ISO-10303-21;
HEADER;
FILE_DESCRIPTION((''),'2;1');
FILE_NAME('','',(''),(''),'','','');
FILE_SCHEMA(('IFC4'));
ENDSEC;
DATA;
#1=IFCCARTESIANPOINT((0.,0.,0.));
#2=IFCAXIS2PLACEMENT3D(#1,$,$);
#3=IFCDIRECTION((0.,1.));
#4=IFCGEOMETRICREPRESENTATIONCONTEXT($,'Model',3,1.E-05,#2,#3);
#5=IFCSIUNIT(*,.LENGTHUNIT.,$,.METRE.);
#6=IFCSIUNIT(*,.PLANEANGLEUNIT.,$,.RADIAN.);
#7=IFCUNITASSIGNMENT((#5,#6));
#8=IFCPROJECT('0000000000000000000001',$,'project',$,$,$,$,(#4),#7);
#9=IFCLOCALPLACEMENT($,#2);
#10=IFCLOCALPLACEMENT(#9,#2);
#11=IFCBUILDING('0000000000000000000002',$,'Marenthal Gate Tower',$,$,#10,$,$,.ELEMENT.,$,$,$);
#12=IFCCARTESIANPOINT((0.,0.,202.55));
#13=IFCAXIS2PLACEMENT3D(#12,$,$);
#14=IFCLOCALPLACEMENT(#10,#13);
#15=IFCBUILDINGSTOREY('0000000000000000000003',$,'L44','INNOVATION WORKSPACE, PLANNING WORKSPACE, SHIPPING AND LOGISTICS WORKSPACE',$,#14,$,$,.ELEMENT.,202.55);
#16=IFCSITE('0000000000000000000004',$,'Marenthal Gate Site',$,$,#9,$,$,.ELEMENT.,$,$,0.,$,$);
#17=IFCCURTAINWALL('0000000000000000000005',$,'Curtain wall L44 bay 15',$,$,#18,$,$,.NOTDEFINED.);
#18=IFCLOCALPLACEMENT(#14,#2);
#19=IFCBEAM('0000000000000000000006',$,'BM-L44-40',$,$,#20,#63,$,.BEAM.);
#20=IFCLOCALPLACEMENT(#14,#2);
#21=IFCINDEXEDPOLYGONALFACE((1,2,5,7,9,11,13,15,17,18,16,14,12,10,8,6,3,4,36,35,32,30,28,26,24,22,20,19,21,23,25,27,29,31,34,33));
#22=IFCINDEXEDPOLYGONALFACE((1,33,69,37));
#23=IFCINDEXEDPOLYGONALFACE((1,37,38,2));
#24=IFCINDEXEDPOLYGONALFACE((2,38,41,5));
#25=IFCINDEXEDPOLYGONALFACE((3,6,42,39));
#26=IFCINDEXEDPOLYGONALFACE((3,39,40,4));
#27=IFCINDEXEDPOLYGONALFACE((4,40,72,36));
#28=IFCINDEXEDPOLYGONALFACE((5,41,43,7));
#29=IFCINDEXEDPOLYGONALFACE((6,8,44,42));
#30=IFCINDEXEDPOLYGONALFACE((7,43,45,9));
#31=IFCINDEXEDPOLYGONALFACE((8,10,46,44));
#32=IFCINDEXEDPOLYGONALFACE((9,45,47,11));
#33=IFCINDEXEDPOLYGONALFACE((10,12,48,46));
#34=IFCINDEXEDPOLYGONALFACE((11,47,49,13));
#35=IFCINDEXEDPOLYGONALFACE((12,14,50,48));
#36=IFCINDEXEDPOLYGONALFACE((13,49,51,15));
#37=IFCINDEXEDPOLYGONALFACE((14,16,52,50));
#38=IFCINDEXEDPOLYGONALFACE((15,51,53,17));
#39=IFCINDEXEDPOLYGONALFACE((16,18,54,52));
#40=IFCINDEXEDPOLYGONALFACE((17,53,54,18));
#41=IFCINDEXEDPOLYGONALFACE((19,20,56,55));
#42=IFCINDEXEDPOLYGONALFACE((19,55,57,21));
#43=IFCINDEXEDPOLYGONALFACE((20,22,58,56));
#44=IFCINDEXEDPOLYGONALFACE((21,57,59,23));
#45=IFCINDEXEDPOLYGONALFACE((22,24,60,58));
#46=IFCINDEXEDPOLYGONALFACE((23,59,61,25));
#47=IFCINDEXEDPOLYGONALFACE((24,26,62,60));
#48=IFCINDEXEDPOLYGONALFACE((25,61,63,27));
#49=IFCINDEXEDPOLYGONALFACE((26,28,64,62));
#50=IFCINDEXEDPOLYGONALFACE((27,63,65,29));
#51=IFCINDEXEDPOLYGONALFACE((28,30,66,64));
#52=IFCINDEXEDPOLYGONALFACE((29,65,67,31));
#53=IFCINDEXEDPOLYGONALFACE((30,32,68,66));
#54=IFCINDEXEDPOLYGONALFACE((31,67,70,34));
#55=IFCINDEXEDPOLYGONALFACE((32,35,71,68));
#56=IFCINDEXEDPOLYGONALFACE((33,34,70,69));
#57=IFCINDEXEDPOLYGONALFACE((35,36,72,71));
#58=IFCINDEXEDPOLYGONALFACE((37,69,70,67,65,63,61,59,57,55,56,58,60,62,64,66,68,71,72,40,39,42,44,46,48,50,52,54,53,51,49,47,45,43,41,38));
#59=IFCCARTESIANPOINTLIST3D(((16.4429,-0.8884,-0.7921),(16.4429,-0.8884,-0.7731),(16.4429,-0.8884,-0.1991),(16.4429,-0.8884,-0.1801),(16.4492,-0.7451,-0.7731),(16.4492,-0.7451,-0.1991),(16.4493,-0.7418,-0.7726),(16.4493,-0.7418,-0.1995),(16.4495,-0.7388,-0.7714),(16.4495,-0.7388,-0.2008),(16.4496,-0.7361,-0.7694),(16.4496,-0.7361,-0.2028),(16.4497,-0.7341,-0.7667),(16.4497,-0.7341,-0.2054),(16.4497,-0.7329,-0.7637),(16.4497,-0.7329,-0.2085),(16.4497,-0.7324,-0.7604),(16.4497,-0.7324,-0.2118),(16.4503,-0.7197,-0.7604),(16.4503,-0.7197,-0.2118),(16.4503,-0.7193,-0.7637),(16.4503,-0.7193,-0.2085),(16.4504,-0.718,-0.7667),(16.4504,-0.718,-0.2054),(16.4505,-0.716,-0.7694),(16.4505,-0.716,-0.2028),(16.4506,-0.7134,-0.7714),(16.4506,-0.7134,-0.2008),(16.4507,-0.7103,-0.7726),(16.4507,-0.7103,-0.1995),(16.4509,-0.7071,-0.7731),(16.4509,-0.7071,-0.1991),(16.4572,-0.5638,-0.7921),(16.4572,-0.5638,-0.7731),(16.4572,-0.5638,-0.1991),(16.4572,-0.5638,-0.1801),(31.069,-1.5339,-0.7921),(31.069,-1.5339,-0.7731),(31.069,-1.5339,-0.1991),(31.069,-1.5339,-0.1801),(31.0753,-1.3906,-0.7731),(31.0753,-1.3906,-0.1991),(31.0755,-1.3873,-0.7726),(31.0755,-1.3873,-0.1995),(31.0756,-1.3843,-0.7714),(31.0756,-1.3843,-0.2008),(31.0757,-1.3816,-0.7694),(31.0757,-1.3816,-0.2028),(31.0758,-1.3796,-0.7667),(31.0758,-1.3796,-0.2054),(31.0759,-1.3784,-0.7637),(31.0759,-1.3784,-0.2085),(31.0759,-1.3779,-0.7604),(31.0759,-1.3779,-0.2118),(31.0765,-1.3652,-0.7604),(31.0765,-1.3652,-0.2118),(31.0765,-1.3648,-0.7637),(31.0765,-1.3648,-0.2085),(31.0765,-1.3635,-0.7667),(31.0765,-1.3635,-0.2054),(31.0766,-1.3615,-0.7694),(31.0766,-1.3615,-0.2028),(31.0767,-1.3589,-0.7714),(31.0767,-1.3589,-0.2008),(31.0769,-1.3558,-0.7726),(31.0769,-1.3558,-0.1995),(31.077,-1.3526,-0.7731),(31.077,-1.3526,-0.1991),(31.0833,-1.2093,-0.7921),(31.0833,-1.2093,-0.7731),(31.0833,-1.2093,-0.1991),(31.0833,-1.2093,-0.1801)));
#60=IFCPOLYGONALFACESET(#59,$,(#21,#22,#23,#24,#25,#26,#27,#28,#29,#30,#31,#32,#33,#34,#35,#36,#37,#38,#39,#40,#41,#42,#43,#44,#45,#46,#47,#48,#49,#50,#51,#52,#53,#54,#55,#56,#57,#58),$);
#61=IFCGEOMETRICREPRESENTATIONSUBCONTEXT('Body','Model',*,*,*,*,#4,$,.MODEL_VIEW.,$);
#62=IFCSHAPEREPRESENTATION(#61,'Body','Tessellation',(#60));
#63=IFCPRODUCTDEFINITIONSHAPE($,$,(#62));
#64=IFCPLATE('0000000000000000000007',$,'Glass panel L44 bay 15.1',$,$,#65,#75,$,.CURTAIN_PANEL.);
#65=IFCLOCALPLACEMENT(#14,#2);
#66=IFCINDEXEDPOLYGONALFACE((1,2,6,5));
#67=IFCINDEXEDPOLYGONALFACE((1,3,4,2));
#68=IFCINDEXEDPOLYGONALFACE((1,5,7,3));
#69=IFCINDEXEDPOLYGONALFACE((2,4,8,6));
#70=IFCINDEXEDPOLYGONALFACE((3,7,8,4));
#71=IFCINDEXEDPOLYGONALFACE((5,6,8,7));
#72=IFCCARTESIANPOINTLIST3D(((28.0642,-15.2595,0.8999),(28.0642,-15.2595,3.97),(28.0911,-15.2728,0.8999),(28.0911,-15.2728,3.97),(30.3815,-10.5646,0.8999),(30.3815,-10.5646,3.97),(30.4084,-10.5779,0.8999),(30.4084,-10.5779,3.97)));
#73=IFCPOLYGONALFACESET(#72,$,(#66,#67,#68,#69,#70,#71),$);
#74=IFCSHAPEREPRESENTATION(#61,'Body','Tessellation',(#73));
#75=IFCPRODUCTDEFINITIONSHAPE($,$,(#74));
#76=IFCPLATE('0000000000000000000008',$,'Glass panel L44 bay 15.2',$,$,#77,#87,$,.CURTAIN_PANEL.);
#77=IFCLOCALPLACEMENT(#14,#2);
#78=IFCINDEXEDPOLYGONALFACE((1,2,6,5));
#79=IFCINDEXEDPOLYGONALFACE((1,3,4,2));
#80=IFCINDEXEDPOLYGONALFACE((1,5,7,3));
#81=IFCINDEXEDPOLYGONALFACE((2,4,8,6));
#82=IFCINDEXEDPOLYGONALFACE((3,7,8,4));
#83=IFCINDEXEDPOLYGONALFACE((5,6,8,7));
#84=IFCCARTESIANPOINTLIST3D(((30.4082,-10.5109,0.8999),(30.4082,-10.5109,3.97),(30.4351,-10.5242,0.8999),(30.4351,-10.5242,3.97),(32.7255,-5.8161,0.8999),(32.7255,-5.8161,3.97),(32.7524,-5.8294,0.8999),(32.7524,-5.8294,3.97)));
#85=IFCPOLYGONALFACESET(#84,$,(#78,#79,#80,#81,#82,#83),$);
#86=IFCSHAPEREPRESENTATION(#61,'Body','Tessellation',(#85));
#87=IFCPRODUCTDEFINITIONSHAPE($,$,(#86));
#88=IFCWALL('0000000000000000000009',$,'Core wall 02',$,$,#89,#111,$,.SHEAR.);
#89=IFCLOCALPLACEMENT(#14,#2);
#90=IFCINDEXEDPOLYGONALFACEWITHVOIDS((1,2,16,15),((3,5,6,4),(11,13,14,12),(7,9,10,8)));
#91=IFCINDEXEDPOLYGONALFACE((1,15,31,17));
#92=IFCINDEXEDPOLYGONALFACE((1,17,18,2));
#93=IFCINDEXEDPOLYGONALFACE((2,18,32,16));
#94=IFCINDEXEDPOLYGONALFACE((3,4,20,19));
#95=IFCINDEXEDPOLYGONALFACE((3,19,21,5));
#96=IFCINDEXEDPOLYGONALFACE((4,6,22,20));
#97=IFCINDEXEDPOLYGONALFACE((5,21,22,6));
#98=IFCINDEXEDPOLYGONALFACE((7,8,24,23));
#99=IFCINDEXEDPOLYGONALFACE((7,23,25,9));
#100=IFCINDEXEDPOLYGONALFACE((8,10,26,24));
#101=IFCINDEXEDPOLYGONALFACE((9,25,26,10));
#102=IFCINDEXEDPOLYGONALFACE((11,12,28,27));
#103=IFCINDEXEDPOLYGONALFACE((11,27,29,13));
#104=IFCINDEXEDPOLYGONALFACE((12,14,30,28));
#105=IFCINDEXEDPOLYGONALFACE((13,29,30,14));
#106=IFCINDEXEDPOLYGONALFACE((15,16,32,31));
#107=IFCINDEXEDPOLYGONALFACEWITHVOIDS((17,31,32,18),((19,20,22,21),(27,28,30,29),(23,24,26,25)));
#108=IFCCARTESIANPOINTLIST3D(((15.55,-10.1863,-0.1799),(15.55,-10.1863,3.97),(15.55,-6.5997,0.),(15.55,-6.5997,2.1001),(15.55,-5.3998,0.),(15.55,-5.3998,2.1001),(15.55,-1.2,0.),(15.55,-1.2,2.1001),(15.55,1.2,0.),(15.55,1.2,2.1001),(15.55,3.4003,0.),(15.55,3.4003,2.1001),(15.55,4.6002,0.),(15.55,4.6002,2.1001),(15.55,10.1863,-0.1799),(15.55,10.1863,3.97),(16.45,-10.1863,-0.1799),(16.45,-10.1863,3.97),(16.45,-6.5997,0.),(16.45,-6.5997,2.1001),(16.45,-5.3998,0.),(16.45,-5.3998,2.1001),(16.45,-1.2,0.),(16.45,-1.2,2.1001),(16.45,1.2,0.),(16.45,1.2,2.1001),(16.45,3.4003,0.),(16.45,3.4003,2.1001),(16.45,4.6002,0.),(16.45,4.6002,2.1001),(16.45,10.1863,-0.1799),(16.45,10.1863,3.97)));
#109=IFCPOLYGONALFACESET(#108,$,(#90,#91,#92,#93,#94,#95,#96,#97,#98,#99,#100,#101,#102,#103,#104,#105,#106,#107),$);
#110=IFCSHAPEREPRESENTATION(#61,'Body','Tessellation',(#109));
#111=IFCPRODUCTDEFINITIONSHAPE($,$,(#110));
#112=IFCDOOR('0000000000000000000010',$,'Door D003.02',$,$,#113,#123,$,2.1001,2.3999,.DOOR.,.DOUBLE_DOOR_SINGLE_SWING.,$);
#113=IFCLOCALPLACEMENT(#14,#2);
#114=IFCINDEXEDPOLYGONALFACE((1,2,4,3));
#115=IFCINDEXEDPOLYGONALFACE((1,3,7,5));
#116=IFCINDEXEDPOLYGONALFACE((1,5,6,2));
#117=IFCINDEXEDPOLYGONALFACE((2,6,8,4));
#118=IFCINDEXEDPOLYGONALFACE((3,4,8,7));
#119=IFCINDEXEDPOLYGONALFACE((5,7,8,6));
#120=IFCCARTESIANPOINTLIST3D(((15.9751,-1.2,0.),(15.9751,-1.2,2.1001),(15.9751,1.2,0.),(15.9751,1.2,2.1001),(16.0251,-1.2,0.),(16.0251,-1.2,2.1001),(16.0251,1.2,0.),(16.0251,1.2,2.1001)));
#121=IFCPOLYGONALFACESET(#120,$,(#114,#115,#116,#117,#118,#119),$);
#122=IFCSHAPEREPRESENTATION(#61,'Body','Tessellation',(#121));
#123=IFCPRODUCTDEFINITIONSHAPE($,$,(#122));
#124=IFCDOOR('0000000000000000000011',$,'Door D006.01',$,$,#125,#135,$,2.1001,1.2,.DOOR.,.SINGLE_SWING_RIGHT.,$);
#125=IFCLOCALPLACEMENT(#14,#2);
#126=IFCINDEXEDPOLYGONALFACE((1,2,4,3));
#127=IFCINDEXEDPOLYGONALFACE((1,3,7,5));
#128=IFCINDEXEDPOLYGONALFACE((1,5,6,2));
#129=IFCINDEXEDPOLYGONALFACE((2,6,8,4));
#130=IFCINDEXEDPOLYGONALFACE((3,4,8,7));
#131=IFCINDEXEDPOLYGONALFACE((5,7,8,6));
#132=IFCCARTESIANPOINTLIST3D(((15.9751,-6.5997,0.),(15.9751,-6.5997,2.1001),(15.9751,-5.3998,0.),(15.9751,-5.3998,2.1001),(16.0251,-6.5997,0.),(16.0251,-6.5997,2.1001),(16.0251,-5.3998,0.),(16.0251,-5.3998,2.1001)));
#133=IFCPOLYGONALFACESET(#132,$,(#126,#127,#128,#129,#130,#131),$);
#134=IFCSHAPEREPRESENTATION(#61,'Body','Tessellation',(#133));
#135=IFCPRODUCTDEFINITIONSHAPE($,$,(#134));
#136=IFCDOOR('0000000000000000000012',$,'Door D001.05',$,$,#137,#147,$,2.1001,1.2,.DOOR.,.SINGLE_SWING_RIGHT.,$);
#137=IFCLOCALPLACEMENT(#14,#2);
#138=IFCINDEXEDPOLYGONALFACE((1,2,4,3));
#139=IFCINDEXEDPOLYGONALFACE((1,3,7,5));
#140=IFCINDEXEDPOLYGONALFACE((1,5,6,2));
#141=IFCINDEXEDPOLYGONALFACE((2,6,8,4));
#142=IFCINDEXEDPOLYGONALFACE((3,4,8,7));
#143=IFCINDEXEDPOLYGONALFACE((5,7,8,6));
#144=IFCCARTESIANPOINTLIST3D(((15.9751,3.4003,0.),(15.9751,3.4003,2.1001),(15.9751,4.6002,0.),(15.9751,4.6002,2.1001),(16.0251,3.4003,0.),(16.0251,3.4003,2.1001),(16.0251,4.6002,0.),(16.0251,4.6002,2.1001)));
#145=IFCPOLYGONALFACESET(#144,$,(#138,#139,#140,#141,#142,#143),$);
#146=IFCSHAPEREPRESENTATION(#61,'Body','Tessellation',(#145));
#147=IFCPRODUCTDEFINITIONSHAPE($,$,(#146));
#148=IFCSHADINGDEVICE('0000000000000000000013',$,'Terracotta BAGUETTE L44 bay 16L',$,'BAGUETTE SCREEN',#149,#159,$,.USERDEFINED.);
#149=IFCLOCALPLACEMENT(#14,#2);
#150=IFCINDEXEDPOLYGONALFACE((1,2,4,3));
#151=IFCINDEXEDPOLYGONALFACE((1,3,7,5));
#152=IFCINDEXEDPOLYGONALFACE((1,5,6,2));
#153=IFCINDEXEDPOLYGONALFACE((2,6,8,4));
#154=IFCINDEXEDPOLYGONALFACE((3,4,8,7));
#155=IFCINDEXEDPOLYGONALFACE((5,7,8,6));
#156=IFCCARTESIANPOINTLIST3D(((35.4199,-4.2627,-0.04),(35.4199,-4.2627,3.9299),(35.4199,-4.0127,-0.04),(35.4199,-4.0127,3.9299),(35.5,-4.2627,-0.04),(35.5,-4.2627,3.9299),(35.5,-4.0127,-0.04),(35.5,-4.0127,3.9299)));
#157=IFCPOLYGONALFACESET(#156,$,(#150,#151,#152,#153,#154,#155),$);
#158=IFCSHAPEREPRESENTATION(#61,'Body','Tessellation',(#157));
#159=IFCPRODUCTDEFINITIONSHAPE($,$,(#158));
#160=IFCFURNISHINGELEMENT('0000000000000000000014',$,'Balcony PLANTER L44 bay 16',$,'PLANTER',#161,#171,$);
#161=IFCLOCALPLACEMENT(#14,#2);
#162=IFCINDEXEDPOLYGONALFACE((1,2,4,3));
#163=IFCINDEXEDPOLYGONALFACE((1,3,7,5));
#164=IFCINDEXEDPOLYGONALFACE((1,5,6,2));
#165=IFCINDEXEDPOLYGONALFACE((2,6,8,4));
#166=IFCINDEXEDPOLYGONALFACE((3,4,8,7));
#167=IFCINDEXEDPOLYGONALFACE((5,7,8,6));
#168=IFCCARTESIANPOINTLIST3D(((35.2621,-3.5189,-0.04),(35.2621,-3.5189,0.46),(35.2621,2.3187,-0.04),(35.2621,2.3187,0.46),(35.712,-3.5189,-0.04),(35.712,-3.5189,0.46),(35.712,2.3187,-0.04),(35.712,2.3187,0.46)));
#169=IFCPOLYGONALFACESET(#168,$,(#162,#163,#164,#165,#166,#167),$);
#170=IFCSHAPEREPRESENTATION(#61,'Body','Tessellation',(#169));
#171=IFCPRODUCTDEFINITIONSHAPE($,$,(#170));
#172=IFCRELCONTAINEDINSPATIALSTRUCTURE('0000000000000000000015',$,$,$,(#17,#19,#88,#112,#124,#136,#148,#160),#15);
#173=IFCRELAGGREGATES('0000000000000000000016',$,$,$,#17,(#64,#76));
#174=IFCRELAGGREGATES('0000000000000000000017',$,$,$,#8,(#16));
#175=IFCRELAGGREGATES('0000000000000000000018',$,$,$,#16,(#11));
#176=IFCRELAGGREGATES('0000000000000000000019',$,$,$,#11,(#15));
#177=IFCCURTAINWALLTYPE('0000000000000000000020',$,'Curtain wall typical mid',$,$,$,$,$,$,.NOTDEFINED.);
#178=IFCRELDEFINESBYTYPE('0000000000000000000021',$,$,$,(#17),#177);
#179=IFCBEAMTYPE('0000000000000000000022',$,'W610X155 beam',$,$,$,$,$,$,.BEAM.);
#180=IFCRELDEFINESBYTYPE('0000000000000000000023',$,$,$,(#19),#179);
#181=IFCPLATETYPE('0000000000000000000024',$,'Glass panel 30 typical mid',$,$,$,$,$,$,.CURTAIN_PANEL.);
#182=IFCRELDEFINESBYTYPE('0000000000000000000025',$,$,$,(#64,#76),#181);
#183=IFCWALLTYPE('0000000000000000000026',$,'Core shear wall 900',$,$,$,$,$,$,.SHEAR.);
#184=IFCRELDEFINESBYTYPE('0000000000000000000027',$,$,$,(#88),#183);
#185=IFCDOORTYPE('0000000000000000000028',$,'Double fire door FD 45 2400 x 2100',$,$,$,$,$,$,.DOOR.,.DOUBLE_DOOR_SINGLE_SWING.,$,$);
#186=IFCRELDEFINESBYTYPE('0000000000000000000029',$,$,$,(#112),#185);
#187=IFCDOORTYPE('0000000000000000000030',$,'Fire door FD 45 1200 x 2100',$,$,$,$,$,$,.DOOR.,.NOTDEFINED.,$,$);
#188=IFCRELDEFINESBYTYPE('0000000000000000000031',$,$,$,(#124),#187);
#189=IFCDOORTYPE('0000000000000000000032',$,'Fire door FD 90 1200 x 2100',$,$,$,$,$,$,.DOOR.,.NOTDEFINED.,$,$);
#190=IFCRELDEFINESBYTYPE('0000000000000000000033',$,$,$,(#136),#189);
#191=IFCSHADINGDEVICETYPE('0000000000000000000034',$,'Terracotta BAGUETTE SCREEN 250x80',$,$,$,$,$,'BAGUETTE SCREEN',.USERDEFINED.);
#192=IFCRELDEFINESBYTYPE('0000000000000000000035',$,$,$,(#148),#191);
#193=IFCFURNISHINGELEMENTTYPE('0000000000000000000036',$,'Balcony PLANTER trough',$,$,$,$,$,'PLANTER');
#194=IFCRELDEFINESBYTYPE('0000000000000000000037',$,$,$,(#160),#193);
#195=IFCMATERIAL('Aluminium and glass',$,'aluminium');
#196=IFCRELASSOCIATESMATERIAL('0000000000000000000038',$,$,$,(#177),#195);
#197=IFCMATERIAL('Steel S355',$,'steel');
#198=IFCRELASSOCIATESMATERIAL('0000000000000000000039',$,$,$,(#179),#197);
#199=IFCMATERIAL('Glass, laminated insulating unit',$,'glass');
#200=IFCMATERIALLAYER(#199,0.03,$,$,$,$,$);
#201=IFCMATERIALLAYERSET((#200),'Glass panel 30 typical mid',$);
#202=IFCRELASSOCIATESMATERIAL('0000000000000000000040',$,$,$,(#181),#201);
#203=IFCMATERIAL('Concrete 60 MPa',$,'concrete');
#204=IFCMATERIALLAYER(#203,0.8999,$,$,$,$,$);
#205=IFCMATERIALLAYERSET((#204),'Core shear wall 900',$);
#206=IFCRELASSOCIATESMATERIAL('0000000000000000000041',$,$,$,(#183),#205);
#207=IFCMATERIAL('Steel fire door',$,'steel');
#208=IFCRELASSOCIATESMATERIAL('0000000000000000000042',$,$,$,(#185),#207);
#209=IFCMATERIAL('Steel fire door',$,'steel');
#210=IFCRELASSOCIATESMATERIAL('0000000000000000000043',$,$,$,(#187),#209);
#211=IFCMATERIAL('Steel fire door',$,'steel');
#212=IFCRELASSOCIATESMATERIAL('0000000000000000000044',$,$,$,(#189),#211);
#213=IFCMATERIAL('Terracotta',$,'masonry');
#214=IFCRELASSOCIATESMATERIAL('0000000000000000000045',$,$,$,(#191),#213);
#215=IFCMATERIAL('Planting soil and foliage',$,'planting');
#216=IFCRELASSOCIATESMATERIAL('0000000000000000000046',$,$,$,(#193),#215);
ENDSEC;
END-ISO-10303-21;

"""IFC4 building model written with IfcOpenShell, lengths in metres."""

from ifc_helpers import new_model, si_unit, direction, frame, frame_2d, origin, origin_2d, place, context, subcontext, project, spatial, rectangle, i_section, extrude, material, layer, layer_set, material_profile, profile_set, type_object, element, fill, aggregate, save


model = new_model("IFC4")

# Units and contexts
model_context = context("Model", 3, precision=1e-05, world=origin(), true_north=direction((0.0, 1.0)))
body_context = subcontext(model_context, "Body", "Model", "MODEL_VIEW")
ifc_project = project(units=[si_unit("LENGTHUNIT", "METRE"), si_unit("PLANEANGLEUNIT", "RADIAN")], contexts=[model_context])

# Site, building, storey
site_placement = place(None, origin())
site = spatial("IfcSite", under=ifc_project, at=site_placement, Name="Marenthal Gate Site", CompositionType="ELEMENT", RefElevation=0.0)
building_placement = place(site_placement, origin())
building = spatial("IfcBuilding", under=site, at=building_placement, Name="Marenthal Gate Tower", CompositionType="ELEMENT")
storey_placement = place(building_placement, frame((0.0, 0.0, 202.55)))
storey = spatial("IfcBuildingStorey", under=building, at=storey_placement, Name="L44", Description="INNOVATION WORKSPACE, PLANNING WORKSPACE, SHIPPING AND LOGISTICS WORKSPACE", CompositionType="ELEMENT", Elevation=202.55)

# Curtain wall
ifc_material_1 = material(Name="Aluminium and glass", Category="aluminium")
curtain_wall_type = type_object("IfcCurtainWallType", Name="Curtain wall typical mid", PredefinedType="NOTDEFINED", material=ifc_material_1)
curtain_wall_placement = place(storey_placement, origin())
curtain_wall = element("IfcCurtainWall", 1, at=curtain_wall_placement, inside=storey, type_object=curtain_wall_type, Name="Curtain wall L44 bay 15", PredefinedType="NOTDEFINED")

# Beam
ifc_material_2 = material(Name="Steel S355", Category="steel")
ifc_material_profile_1 = material_profile(ifc_material_2, i_section(OverallWidth=0.325, OverallDepth=0.6121, WebThickness=0.0127, FlangeThickness=0.019, FilletRadius=0.0127, at=origin_2d()), Name="W610X155")
ifc_profile_set_1 = profile_set([ifc_material_profile_1], Name="Steel S355")
beam_type_1 = type_object("IfcBeamType", Name="W610X155 beam", PredefinedType="BEAM", material=ifc_profile_set_1)
beam_1_placement = place(storey_placement, frame((31.0762, -1.3716, -0.4861), z_axis=(-0.999028, 0.044091, 0.0), x_axis=(-0.044091, -0.999028, 0.0)))
element("IfcBeam", 2, at=beam_1_placement, inside=storey, type_object=beam_type_1, Name="BM-L44-40", PredefinedType="BEAM", context=body_context, shape_type="SweptSolid", body=[
    extrude(i_section(OverallWidth=0.325, OverallDepth=0.6121, WebThickness=0.0127, FlangeThickness=0.019, FilletRadius=0.0127, at=origin_2d()), origin(), (0.0, 0.0, 1.0), 14.6404),
])

# Plates
ifc_material_3 = material(Name="Glass, laminated insulating unit", Category="glass")
ifc_layer_1 = layer(ifc_material_3, 0.03)
ifc_layer_set_1 = layer_set([ifc_layer_1], Name="Glass panel 30 typical mid")
plate_type = type_object("IfcPlateType", Name="Glass panel 30 typical mid", PredefinedType="CURTAIN_PANEL", material=ifc_layer_set_1)
plate_1_placement = place(storey_placement, frame((29.2363, -12.9187, 0.8999), z_axis=(0.0, 0.0, 1.0), x_axis=(0.442607, 0.896716, 0.0)))
plate_1 = element("IfcPlate", 3, at=plate_1_placement, type_object=plate_type, Name="Glass panel L44 bay 15.1", PredefinedType="CURTAIN_PANEL", context=body_context, shape_type="SweptSolid", body=[
    extrude(rectangle(XDim=5.2356, YDim=0.03, at=origin_2d()), origin(), (0.0, 0.0, 1.0), 3.0701),
])
plate_2_placement = place(storey_placement, frame((31.5803, -8.1702, 0.8999), z_axis=(0.0, 0.0, 1.0), x_axis=(0.442607, 0.896716, 0.0)))
plate_2 = element("IfcPlate", 4, at=plate_2_placement, type_object=plate_type, Name="Glass panel L44 bay 15.2", PredefinedType="CURTAIN_PANEL", context=body_context, shape_type="SweptSolid", body=[
    extrude(rectangle(XDim=5.2356, YDim=0.03, at=origin_2d()), origin(), (0.0, 0.0, 1.0), 3.0701),
])
aggregate(curtain_wall, [plate_1, plate_2])

# Wall, openings, doors
ifc_material_4 = material(Name="Concrete 60 MPa", Category="concrete")
ifc_layer_2 = layer(ifc_material_4, 0.8999)
ifc_layer_set_2 = layer_set([ifc_layer_2], Name="Core shear wall 900")
wall_type_1 = type_object("IfcWallType", Name="Core shear wall 900", PredefinedType="SHEAR", material=ifc_layer_set_2)
wall_1_placement = place(storey_placement, frame((16.0, -10.1863, -0.1799), z_axis=(0.0, 0.0, 1.0), x_axis=(0.0, 1.0, 0.0)))
wall_1 = element("IfcWall", 5, at=wall_1_placement, inside=storey, type_object=wall_type_1, Name="Core wall 02", PredefinedType="SHEAR", context=body_context, shape_type="SweptSolid", body=[
    extrude(rectangle(XDim=20.3726, YDim=0.8999, at=frame_2d((10.1863, 0.0))), origin(), (0.0, 0.0, 1.0), 4.1499),
])
opening_1_placement = place(wall_1_placement, frame((8.9863, 0.0, 0.1799)))
opening_1 = element("IfcOpeningElement", 6, at=opening_1_placement, cuts=wall_1, PredefinedType="OPENING", context=body_context, shape_type="SweptSolid", body=[
    extrude(rectangle(XDim=2.3999, YDim=2.1001, at=frame_2d((1.2, 1.05))), frame((0.0, 0.46, 0.0), z_axis=(0.0, -1.0, 0.0), x_axis=(1.0, 0.0, 0.0)), (0.0, 0.0, 1.0), 0.9199),
])
opening_2_placement = place(wall_1_placement, frame((13.5864, 0.0, 0.1799)))
opening_2 = element("IfcOpeningElement", 7, at=opening_2_placement, cuts=wall_1, PredefinedType="OPENING", context=body_context, shape_type="SweptSolid", body=[
    extrude(rectangle(XDim=1.2, YDim=2.1001, at=frame_2d((0.6001, 1.05))), frame((0.0, 0.46, 0.0), z_axis=(0.0, -1.0, 0.0), x_axis=(1.0, 0.0, 0.0)), (0.0, 0.0, 1.0), 0.9199),
])
opening_3_placement = place(wall_1_placement, frame((3.5864, 0.0, 0.1799)))
opening_3 = element("IfcOpeningElement", 8, at=opening_3_placement, cuts=wall_1, PredefinedType="OPENING", context=body_context, shape_type="SweptSolid", body=[
    extrude(rectangle(XDim=1.2, YDim=2.1001, at=frame_2d((0.6001, 1.05))), frame((0.0, 0.46, 0.0), z_axis=(0.0, -1.0, 0.0), x_axis=(1.0, 0.0, 0.0)), (0.0, 0.0, 1.0), 0.9199),
])
ifc_material_5 = material(Name="Steel fire door", Category="steel")
door_type_1 = type_object("IfcDoorType", Name="Double fire door FD 45 2400 x 2100", OperationType="DOUBLE_DOOR_SINGLE_SWING", PredefinedType="DOOR", material=ifc_material_5)
door_1_placement = place(opening_1_placement, origin())
door_1 = element("IfcDoor", 9, at=door_1_placement, inside=storey, type_object=door_type_1, Name="Door D003.02", OperationType="DOUBLE_DOOR_SINGLE_SWING", OverallHeight=2.1001, OverallWidth=2.3999, PredefinedType="DOOR", context=body_context, shape_type="SweptSolid", body=[
    extrude(rectangle(XDim=2.3999, YDim=2.1001, at=frame_2d((1.2, 1.05))), frame((0.0, 0.0249, 0.0), z_axis=(0.0, -1.0, 0.0), x_axis=(1.0, 0.0, 0.0)), (0.0, 0.0, 1.0), 0.05),
])
fill(opening_1, door_1)
ifc_material_6 = material(Name="Steel fire door", Category="steel")
door_type_2 = type_object("IfcDoorType", Name="Fire door FD 45 1200 x 2100", OperationType="NOTDEFINED", PredefinedType="DOOR", material=ifc_material_6)
door_2_placement = place(opening_3_placement, origin())
door_2 = element("IfcDoor", 10, at=door_2_placement, inside=storey, type_object=door_type_2, Name="Door D006.01", OperationType="SINGLE_SWING_RIGHT", OverallHeight=2.1001, OverallWidth=1.2, PredefinedType="DOOR", context=body_context, shape_type="SweptSolid", body=[
    extrude(rectangle(XDim=1.2, YDim=2.1001, at=frame_2d((0.6001, 1.05))), frame((0.0, 0.0249, 0.0), z_axis=(0.0, -1.0, 0.0), x_axis=(1.0, 0.0, 0.0)), (0.0, 0.0, 1.0), 0.05),
])
fill(opening_3, door_2)
ifc_material_7 = material(Name="Steel fire door", Category="steel")
door_type_3 = type_object("IfcDoorType", Name="Fire door FD 90 1200 x 2100", OperationType="NOTDEFINED", PredefinedType="DOOR", material=ifc_material_7)
door_3_placement = place(opening_2_placement, origin())
door_3 = element("IfcDoor", 11, at=door_3_placement, inside=storey, type_object=door_type_3, Name="Door D001.05", OperationType="SINGLE_SWING_RIGHT", OverallHeight=2.1001, OverallWidth=1.2, PredefinedType="DOOR", context=body_context, shape_type="SweptSolid", body=[
    extrude(rectangle(XDim=1.2, YDim=2.1001, at=frame_2d((0.6001, 1.05))), frame((0.0, 0.0249, 0.0), z_axis=(0.0, -1.0, 0.0), x_axis=(1.0, 0.0, 0.0)), (0.0, 0.0, 1.0), 0.05),
])
fill(opening_2, door_3)

# Shading device
ifc_material_8 = material(Name="Terracotta", Category="masonry")
ifc_material_profile_2 = material_profile(ifc_material_8, rectangle(XDim=0.25, YDim=0.0801, at=origin_2d()), Name="Terracotta baguette 250x80")
ifc_profile_set_2 = profile_set([ifc_material_profile_2], Name="Terracotta")
shading_device_type = type_object("IfcShadingDeviceType", Name="Terracotta BAGUETTE SCREEN 250x80", ElementType="BAGUETTE SCREEN", PredefinedType="USERDEFINED", material=ifc_profile_set_2)
shading_device_placement = place(storey_placement, frame((35.46, -4.1377, -0.04), z_axis=(0.0, 0.0, 1.0), x_axis=(0.0, 1.0, 0.0)))
element("IfcShadingDevice", 12, at=shading_device_placement, inside=storey, type_object=shading_device_type, Name="Terracotta BAGUETTE L44 bay 16L", ObjectType="BAGUETTE SCREEN", PredefinedType="USERDEFINED", context=body_context, shape_type="SweptSolid", body=[
    extrude(rectangle(XDim=0.25, YDim=0.0801, at=origin_2d()), origin(), (0.0, 0.0, 1.0), 3.97),
])

# Furnishing element
ifc_material_9 = material(Name="Planting soil and foliage", Category="planting")
furnishing_element_type = type_object("IfcFurnishingElementType", Name="Balcony PLANTER trough", ElementType="PLANTER", material=ifc_material_9)
furnishing_placement = place(storey_placement, frame((35.4871, -0.6001, -0.04), z_axis=(0.0, 0.0, 1.0), x_axis=(0.0, 1.0, 0.0)))
element("IfcFurnishingElement", 13, at=furnishing_placement, inside=storey, type_object=furnishing_element_type, Name="Balcony PLANTER L44 bay 16", ObjectType="PLANTER", context=body_context, shape_type="SweptSolid", body=[
    extrude(rectangle(XDim=5.8376, YDim=0.45, at=origin_2d()), origin(), (0.0, 0.0, 1.0), 0.5),
])

save(model, "model.ifc")
